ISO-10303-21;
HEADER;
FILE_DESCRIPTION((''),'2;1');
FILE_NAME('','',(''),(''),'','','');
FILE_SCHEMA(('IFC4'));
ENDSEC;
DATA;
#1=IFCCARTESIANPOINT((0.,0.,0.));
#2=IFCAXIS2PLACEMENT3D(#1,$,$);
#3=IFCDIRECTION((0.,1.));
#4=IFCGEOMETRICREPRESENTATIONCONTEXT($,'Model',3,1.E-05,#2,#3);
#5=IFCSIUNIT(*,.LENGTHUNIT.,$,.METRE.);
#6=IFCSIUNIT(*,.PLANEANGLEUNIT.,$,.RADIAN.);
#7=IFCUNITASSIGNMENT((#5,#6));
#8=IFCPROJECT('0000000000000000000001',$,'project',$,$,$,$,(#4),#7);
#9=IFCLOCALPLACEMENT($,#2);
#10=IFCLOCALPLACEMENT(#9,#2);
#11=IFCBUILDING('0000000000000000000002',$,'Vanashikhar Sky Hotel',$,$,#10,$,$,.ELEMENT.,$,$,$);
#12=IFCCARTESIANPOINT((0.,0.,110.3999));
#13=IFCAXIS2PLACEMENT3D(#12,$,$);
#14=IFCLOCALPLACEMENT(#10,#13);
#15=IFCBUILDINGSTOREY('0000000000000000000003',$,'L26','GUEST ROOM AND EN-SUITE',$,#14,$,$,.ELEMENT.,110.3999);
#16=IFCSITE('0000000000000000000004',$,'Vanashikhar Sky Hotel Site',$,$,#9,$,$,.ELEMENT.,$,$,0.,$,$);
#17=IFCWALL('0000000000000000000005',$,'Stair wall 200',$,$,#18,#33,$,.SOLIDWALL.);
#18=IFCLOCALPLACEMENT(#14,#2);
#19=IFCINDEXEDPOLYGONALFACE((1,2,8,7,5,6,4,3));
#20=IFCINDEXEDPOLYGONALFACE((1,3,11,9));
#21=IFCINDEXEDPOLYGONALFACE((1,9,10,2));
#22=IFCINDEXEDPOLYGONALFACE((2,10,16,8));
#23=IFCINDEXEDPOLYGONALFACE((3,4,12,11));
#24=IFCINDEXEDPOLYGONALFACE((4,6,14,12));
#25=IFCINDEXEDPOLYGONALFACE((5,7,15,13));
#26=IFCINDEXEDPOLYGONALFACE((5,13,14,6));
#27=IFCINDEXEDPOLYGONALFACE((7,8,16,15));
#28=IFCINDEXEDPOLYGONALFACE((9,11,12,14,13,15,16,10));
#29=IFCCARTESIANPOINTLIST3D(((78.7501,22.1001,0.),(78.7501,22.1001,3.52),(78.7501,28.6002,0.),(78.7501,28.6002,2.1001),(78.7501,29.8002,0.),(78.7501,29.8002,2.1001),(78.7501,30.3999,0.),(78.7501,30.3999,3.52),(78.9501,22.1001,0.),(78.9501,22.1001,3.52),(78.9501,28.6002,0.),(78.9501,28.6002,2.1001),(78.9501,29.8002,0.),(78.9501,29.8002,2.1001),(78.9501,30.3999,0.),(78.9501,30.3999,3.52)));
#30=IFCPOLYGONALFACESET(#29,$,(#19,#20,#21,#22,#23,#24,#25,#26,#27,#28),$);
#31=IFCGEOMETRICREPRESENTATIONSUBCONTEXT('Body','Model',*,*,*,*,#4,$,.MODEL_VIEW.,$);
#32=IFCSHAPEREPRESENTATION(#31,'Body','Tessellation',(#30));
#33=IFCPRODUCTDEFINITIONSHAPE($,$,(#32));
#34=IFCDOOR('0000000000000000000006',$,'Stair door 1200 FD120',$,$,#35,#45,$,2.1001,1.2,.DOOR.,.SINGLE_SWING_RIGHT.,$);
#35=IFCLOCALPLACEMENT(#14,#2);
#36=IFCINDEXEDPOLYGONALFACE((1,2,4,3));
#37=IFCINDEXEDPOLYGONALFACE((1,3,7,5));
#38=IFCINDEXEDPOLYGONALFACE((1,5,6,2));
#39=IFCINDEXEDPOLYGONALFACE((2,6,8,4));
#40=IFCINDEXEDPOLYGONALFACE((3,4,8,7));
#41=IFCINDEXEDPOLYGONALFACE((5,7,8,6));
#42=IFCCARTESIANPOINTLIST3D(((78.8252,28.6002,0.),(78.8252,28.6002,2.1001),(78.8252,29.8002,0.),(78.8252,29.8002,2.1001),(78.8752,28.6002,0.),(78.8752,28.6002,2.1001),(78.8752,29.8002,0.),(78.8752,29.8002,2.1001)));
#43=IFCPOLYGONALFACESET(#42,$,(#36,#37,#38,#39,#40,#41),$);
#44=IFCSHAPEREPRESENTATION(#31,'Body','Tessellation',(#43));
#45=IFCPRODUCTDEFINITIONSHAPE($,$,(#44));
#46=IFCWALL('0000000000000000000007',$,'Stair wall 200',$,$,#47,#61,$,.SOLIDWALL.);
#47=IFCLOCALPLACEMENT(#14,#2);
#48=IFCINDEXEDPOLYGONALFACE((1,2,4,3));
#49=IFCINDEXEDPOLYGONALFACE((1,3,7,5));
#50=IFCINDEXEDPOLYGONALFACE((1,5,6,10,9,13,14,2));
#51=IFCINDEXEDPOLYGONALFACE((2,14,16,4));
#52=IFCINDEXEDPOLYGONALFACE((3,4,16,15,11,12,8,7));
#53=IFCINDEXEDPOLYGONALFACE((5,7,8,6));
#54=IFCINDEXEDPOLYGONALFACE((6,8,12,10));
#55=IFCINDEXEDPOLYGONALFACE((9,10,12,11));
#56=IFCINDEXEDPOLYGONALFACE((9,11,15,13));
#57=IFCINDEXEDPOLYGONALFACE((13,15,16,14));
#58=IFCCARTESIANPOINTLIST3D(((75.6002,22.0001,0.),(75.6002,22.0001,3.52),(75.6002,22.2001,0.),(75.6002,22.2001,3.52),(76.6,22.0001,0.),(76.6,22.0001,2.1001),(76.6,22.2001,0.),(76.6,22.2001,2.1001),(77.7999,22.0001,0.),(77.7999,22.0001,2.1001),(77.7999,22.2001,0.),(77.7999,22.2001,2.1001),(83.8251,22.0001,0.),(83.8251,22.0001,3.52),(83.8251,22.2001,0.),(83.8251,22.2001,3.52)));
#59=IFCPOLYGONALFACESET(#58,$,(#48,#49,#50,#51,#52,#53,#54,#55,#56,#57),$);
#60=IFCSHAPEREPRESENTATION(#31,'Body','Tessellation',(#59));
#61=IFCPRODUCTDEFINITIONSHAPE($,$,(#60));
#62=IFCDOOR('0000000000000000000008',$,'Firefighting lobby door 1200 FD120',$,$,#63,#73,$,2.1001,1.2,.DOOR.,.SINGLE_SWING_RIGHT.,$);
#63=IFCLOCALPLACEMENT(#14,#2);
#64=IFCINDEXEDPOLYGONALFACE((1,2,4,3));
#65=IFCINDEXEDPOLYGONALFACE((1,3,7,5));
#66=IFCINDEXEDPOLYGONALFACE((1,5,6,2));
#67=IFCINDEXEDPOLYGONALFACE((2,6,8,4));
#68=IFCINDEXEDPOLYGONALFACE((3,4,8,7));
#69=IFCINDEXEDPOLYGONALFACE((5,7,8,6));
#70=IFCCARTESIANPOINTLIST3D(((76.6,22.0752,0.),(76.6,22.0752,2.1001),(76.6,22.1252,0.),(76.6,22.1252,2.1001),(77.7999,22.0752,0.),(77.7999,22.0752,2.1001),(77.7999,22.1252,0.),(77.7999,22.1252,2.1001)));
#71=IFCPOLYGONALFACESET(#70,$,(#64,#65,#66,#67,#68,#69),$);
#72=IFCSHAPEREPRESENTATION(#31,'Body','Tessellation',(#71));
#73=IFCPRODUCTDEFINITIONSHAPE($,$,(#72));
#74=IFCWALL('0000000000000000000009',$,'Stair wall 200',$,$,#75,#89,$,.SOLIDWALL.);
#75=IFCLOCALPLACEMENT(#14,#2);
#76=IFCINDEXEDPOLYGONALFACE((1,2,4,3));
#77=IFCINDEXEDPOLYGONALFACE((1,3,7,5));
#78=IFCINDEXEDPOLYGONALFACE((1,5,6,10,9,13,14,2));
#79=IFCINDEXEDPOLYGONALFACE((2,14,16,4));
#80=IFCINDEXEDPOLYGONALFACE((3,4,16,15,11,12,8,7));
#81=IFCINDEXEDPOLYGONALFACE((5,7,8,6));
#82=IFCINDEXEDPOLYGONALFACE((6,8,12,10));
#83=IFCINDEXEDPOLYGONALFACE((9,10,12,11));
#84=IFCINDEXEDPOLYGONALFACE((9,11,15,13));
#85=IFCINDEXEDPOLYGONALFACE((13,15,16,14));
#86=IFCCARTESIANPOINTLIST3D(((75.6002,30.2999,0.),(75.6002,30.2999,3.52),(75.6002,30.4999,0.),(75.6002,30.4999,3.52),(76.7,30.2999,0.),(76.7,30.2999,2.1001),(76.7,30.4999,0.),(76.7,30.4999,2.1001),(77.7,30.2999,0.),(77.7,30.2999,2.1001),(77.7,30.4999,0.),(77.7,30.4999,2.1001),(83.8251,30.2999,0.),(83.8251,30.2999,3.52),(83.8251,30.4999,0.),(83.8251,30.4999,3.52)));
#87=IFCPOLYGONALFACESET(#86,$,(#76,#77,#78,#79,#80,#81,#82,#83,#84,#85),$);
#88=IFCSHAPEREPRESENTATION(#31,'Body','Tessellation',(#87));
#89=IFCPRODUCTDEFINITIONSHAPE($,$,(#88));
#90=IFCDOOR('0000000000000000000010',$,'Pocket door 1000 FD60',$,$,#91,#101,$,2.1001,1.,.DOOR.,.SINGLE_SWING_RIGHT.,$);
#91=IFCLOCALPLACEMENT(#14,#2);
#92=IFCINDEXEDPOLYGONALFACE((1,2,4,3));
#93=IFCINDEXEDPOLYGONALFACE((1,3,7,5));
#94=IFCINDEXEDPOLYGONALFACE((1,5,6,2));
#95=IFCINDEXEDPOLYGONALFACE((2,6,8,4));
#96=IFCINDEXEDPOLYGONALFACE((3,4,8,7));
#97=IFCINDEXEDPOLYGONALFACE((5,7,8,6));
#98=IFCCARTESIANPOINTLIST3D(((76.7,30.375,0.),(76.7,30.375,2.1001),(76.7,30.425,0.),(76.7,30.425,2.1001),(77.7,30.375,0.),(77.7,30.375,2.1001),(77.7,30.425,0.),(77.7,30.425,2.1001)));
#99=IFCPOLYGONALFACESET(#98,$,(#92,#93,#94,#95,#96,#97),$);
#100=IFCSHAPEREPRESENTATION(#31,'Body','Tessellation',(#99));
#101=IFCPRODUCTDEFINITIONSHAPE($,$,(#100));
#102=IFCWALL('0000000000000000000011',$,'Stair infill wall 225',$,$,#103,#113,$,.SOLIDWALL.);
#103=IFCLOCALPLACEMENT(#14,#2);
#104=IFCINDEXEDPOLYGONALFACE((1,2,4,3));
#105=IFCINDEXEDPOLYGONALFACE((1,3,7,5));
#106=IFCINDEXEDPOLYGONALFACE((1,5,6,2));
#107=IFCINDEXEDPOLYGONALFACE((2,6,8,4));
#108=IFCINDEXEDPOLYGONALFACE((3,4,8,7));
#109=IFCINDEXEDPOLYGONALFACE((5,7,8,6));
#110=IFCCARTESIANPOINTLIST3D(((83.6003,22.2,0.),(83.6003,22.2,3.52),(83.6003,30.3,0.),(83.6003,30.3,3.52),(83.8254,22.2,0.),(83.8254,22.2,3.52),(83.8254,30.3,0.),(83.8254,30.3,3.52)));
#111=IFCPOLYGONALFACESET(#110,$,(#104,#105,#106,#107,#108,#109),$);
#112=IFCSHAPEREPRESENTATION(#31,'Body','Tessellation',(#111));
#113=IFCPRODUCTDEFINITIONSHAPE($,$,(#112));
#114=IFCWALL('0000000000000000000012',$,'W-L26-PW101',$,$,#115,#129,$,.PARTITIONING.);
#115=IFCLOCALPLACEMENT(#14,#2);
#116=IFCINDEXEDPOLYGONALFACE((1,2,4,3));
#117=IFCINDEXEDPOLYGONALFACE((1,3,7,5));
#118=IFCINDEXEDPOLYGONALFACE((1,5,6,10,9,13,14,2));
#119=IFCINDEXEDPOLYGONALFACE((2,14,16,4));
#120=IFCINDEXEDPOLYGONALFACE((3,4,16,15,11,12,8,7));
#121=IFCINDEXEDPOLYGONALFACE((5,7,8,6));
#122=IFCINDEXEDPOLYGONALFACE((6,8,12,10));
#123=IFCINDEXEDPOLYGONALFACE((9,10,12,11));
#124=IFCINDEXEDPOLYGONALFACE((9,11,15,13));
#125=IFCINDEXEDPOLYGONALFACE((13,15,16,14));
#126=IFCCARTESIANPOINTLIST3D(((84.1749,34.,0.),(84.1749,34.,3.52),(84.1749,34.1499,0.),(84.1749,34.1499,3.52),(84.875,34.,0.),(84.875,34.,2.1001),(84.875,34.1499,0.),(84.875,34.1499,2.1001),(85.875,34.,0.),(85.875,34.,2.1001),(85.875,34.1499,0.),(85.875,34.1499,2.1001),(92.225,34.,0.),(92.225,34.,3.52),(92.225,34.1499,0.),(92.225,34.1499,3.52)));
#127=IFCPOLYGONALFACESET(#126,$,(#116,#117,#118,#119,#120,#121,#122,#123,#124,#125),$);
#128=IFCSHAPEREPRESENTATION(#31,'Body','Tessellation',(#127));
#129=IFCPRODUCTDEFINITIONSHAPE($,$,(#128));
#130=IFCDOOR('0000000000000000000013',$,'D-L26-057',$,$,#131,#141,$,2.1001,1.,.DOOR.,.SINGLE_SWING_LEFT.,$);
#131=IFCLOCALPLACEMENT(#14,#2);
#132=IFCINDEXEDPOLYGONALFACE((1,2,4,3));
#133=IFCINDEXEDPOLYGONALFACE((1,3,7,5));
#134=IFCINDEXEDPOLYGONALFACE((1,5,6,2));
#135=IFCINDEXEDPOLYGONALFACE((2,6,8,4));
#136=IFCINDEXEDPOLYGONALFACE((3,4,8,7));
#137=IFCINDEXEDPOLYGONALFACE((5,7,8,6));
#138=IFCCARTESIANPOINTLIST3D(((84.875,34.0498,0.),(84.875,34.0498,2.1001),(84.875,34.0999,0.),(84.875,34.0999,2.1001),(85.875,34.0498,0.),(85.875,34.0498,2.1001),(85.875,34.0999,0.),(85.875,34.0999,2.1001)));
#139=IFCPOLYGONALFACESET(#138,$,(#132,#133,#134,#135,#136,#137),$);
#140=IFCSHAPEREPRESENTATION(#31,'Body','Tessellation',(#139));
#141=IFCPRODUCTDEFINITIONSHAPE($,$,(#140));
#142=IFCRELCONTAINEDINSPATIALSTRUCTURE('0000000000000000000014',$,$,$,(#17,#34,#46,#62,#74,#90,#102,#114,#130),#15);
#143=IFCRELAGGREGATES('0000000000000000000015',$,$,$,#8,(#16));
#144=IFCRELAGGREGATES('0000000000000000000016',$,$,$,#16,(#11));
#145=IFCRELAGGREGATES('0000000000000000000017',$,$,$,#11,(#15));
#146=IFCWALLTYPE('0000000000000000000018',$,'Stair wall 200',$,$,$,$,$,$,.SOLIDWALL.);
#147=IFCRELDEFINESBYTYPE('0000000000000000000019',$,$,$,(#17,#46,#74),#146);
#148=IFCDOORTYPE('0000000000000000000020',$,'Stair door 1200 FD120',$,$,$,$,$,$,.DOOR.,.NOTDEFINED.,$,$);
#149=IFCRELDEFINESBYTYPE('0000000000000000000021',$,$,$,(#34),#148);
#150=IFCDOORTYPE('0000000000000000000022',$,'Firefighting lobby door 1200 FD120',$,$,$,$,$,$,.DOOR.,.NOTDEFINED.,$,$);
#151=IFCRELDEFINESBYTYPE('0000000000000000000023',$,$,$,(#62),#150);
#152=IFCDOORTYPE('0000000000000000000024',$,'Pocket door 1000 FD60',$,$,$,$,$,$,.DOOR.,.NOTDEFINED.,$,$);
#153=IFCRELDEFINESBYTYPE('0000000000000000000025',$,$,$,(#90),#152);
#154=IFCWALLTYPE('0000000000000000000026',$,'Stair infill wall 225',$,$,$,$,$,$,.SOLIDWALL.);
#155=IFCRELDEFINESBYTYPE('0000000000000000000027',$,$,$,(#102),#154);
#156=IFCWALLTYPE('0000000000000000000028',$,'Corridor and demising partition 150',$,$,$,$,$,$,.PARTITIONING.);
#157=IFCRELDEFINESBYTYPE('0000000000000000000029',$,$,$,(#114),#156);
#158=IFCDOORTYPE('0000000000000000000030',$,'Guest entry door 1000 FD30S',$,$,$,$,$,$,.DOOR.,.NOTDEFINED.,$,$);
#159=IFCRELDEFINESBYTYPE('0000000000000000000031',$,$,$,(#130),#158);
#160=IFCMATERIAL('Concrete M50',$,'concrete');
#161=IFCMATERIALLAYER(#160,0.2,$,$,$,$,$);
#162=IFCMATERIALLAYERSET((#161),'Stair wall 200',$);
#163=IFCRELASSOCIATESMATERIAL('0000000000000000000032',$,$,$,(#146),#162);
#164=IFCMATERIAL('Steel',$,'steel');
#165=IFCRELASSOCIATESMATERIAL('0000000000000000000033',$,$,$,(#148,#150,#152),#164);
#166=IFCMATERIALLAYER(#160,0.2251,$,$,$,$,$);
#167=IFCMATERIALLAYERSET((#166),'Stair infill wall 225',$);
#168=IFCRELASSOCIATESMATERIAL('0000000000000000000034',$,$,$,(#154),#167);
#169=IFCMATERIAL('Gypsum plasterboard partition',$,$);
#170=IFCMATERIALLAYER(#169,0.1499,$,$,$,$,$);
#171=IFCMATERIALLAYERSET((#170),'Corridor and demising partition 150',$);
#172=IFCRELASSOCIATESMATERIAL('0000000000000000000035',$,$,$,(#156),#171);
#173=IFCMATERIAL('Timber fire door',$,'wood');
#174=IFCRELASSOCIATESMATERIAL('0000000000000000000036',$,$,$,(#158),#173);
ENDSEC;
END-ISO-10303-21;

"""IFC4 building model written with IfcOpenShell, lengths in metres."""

from ifc_helpers import new_model, si_unit, direction, frame, frame_2d, origin, place, context, subcontext, project, spatial, rectangle, extrude, source, transform, mapped, material, layer, layer_set, type_object, element, fill, save


model = new_model("IFC4")

# Units and contexts
model_context = context("Model", 3, precision=1e-05, world=origin(), true_north=direction((0.0, 1.0)))
body_context = subcontext(model_context, "Body", "Model", "MODEL_VIEW")
ifc_project = project(units=[si_unit("LENGTHUNIT", "METRE"), si_unit("PLANEANGLEUNIT", "RADIAN")], contexts=[model_context])

# Site, building, storey
site_placement = place(None, origin())
site = spatial("IfcSite", under=ifc_project, at=site_placement, Name="Vanashikhar Sky Hotel Site", CompositionType="ELEMENT", RefElevation=0.0)
building_placement = place(site_placement, origin())
building = spatial("IfcBuilding", under=site, at=building_placement, Name="Vanashikhar Sky Hotel", CompositionType="ELEMENT")
storey_placement = place(building_placement, frame((0.0, 0.0, 110.3999)))
storey = spatial("IfcBuildingStorey", under=building, at=storey_placement, Name="L26", Description="GUEST ROOM AND EN-SUITE", CompositionType="ELEMENT", Elevation=110.3999)

# Shared definitions
ifc_material_1 = material(Name="Concrete M50", Category="concrete")

# Shared definitions
ifc_material_2 = material(Name="Steel", Category="steel")
shared_shape_1 = source(origin(), body_context, "Body", "SweptSolid", [
    extrude(rectangle(XDim=1.2, YDim=2.1001, at=frame_2d((0.6001, 1.05))), frame((0.0, 0.0249, 0.0), z_axis=(0.0, -1.0, 0.0), x_axis=(1.0, 0.0, 0.0)), (0.0, 0.0, 1.0), 0.05),
])

# Walls, openings, doors
ifc_layer_1 = layer(ifc_material_1, 0.2)
ifc_layer_set_1 = layer_set([ifc_layer_1], Name="Stair wall 200")
wall_type_1 = type_object("IfcWallType", Name="Stair wall 200", PredefinedType="SOLIDWALL", material=ifc_layer_set_1)
shared_shape_2 = source(origin(), body_context, "Body", "SweptSolid", [
    extrude(rectangle(XDim=8.2998, YDim=0.2, at=frame_2d((4.1499, 0.0))), origin(), (0.0, 0.0, 1.0), 3.52),
])
wall_1_placement = place(storey_placement, frame((78.8501, 22.1001, 0.0), z_axis=(0.0, 0.0, 1.0), x_axis=(0.0, 1.0, 0.0)))
wall_1 = element("IfcWall", 1, at=wall_1_placement, inside=storey, type_object=wall_type_1, Name="Stair wall 200", PredefinedType="SOLIDWALL", context=body_context, shape_type="MappedRepresentation", body=[
    mapped(shared_shape_2, transform((0.0, 0.0, 0.0), scale=1.0)),
])
shared_shape_3 = source(origin(), body_context, "Body", "SweptSolid", [
    extrude(rectangle(XDim=1.2, YDim=2.1001, at=frame_2d((0.6001, 1.05))), frame((0.0, 0.1099, 0.0), z_axis=(0.0, -1.0, 0.0), x_axis=(1.0, 0.0, 0.0)), (0.0, 0.0, 1.0), 0.22),
])
opening_1_placement = place(wall_1_placement, frame((6.5, 0.0, 0.0)))
opening_1 = element("IfcOpeningElement", 2, at=opening_1_placement, cuts=wall_1, PredefinedType="OPENING", context=body_context, shape_type="MappedRepresentation", body=[
    mapped(shared_shape_3, transform((0.0, 0.0, 0.0), scale=1.0)),
])
door_type_1 = type_object("IfcDoorType", Name="Stair door 1200 FD120", OperationType="NOTDEFINED", PredefinedType="DOOR", material=ifc_material_2)
door_1_placement = place(opening_1_placement, origin())
door_1 = element("IfcDoor", 3, at=door_1_placement, inside=storey, type_object=door_type_1, Name="Stair door 1200 FD120", OperationType="SINGLE_SWING_RIGHT", OverallHeight=2.1001, OverallWidth=1.2, PredefinedType="DOOR", context=body_context, shape_type="MappedRepresentation", body=[
    mapped(shared_shape_1, transform((0.0, 0.0, 0.0), scale=1.0)),
])
fill(opening_1, door_1)
shared_shape_4 = source(origin(), body_context, "Body", "SweptSolid", [
    extrude(rectangle(XDim=8.2249, YDim=0.2, at=frame_2d((4.1123, 0.0))), origin(), (0.0, 0.0, 1.0), 3.52),
])
wall_2_placement = place(storey_placement, frame((83.825, 22.1001, 0.0), z_axis=(0.0, 0.0, 1.0), x_axis=(-1.0, 0.0, 0.0)))
wall_2 = element("IfcWall", 4, at=wall_2_placement, inside=storey, type_object=wall_type_1, Name="Stair wall 200", PredefinedType="SOLIDWALL", context=body_context, shape_type="MappedRepresentation", body=[
    mapped(shared_shape_4, transform((0.0, 0.0, 0.0), scale=1.0)),
])
opening_2_placement = place(wall_2_placement, frame((6.0249, 0.0, 0.0)))
opening_2 = element("IfcOpeningElement", 5, at=opening_2_placement, cuts=wall_2, PredefinedType="OPENING", context=body_context, shape_type="MappedRepresentation", body=[
    mapped(shared_shape_3, transform((0.0, 0.0, 0.0), scale=1.0)),
])
door_type_2 = type_object("IfcDoorType", Name="Firefighting lobby door 1200 FD120", OperationType="NOTDEFINED", PredefinedType="DOOR", material=ifc_material_2)
door_2_placement = place(opening_2_placement, origin())
door_2 = element("IfcDoor", 6, at=door_2_placement, inside=storey, type_object=door_type_2, Name="Firefighting lobby door 1200 FD120", OperationType="SINGLE_SWING_RIGHT", OverallHeight=2.1001, OverallWidth=1.2, PredefinedType="DOOR", context=body_context, shape_type="MappedRepresentation", body=[
    mapped(shared_shape_1, transform((0.0, 0.0, 0.0), scale=1.0)),
])
fill(opening_2, door_2)
wall_3_placement = place(storey_placement, frame((83.825, 30.3999, 0.0), z_axis=(0.0, 0.0, 1.0), x_axis=(-1.0, 0.0, 0.0)))
wall_3 = element("IfcWall", 7, at=wall_3_placement, inside=storey, type_object=wall_type_1, Name="Stair wall 200", PredefinedType="SOLIDWALL", context=body_context, shape_type="MappedRepresentation", body=[
    mapped(shared_shape_4, transform((0.0, 0.0, 0.0), scale=1.0)),
])
shared_shape_5 = source(origin(), body_context, "Body", "SweptSolid", [
    extrude(rectangle(XDim=1.0, YDim=2.1001, at=frame_2d((0.5, 1.05))), frame((0.0, 0.1099, 0.0), z_axis=(0.0, -1.0, 0.0), x_axis=(1.0, 0.0, 0.0)), (0.0, 0.0, 1.0), 0.22),
])
opening_3_placement = place(wall_3_placement, frame((6.125, 0.0, 0.0)))
opening_3 = element("IfcOpeningElement", 8, at=opening_3_placement, cuts=wall_3, PredefinedType="OPENING", context=body_context, shape_type="MappedRepresentation", body=[
    mapped(shared_shape_5, transform((0.0, 0.0, 0.0), scale=1.0)),
])
door_type_3 = type_object("IfcDoorType", Name="Pocket door 1000 FD60", OperationType="NOTDEFINED", PredefinedType="DOOR", material=ifc_material_2)
shared_shape_6 = source(origin(), body_context, "Body", "SweptSolid", [
    extrude(rectangle(XDim=1.0, YDim=2.1001, at=frame_2d((0.5, 1.05))), frame((0.0, 0.0249, 0.0), z_axis=(0.0, -1.0, 0.0), x_axis=(1.0, 0.0, 0.0)), (0.0, 0.0, 1.0), 0.05),
])
door_3_placement = place(opening_3_placement, origin())
door_3 = element("IfcDoor", 9, at=door_3_placement, inside=storey, type_object=door_type_3, Name="Pocket door 1000 FD60", OperationType="SINGLE_SWING_RIGHT", OverallHeight=2.1001, OverallWidth=1.0, PredefinedType="DOOR", context=body_context, shape_type="MappedRepresentation", body=[
    mapped(shared_shape_6, transform((0.0, 0.0, 0.0), scale=1.0)),
])
fill(opening_3, door_3)

# Wall
ifc_layer_2 = layer(ifc_material_1, 0.2251)
ifc_layer_set_2 = layer_set([ifc_layer_2], Name="Stair infill wall 225")
wall_type_2 = type_object("IfcWallType", Name="Stair infill wall 225", PredefinedType="SOLIDWALL", material=ifc_layer_set_2)
shared_shape_7 = source(origin(), body_context, "Body", "SweptSolid", [
    extrude(rectangle(XDim=8.1001, YDim=0.2251, at=frame_2d((4.05, 0.0))), origin(), (0.0, 0.0, 1.0), 3.52),
])
wall_4_placement = place(storey_placement, frame((83.7129, 22.2, 0.0), z_axis=(0.0, 0.0, 1.0), x_axis=(0.0, 1.0, 0.0)))
element("IfcWall", 10, at=wall_4_placement, inside=storey, type_object=wall_type_2, Name="Stair infill wall 225", PredefinedType="SOLIDWALL", context=body_context, shape_type="MappedRepresentation", body=[
    mapped(shared_shape_7, transform((0.0, 0.0, 0.0), scale=1.0)),
])

# Wall, opening, door
ifc_material_3 = material(Name="Gypsum plasterboard partition")
ifc_layer_3 = layer(ifc_material_3, 0.1499)
ifc_layer_set_3 = layer_set([ifc_layer_3], Name="Corridor and demising partition 150")
wall_type_3 = type_object("IfcWallType", Name="Corridor and demising partition 150", PredefinedType="PARTITIONING", material=ifc_layer_set_3)
shared_shape_8 = source(origin(), body_context, "Body", "SweptSolid", [
    extrude(rectangle(XDim=8.05, YDim=0.1499, at=frame_2d((4.0249, 0.0))), origin(), (0.0, 0.0, 1.0), 3.52),
])
wall_5_placement = place(storey_placement, frame((84.175, 34.075, 0.0), z_axis=(0.0, 0.0, 1.0), x_axis=(1.0, 0.0, 0.0)))
wall_5 = element("IfcWall", 11, at=wall_5_placement, inside=storey, type_object=wall_type_3, Name="W-L26-PW101", PredefinedType="PARTITIONING", context=body_context, shape_type="MappedRepresentation", body=[
    mapped(shared_shape_8, transform((0.0, 0.0, 0.0), scale=1.0)),
])
shared_shape_9 = source(origin(), body_context, "Body", "SweptSolid", [
    extrude(rectangle(XDim=1.0, YDim=2.1001, at=frame_2d((0.5, 1.05))), frame((0.0, 0.085, 0.0), z_axis=(0.0, -1.0, 0.0), x_axis=(1.0, 0.0, 0.0)), (0.0, 0.0, 1.0), 0.1699),
])
opening_4_placement = place(wall_5_placement, frame((0.7, 0.0, 0.0)))
opening_4 = element("IfcOpeningElement", 12, at=opening_4_placement, cuts=wall_5, PredefinedType="OPENING", context=body_context, shape_type="MappedRepresentation", body=[
    mapped(shared_shape_9, transform((0.0, 0.0, 0.0), scale=1.0)),
])
ifc_material_4 = material(Name="Timber fire door", Category="wood")
door_type_4 = type_object("IfcDoorType", Name="Guest entry door 1000 FD30S", OperationType="NOTDEFINED", PredefinedType="DOOR", material=ifc_material_4)
door_4_placement = place(opening_4_placement, origin())
door_4 = element("IfcDoor", 13, at=door_4_placement, inside=storey, type_object=door_type_4, Name="D-L26-057", OperationType="SINGLE_SWING_LEFT", OverallHeight=2.1001, OverallWidth=1.0, PredefinedType="DOOR", context=body_context, shape_type="MappedRepresentation", body=[
    mapped(shared_shape_6, transform((0.0, 0.0, 0.0), scale=1.0)),
])
fill(opening_4, door_4)

save(model, "model.ifc")
